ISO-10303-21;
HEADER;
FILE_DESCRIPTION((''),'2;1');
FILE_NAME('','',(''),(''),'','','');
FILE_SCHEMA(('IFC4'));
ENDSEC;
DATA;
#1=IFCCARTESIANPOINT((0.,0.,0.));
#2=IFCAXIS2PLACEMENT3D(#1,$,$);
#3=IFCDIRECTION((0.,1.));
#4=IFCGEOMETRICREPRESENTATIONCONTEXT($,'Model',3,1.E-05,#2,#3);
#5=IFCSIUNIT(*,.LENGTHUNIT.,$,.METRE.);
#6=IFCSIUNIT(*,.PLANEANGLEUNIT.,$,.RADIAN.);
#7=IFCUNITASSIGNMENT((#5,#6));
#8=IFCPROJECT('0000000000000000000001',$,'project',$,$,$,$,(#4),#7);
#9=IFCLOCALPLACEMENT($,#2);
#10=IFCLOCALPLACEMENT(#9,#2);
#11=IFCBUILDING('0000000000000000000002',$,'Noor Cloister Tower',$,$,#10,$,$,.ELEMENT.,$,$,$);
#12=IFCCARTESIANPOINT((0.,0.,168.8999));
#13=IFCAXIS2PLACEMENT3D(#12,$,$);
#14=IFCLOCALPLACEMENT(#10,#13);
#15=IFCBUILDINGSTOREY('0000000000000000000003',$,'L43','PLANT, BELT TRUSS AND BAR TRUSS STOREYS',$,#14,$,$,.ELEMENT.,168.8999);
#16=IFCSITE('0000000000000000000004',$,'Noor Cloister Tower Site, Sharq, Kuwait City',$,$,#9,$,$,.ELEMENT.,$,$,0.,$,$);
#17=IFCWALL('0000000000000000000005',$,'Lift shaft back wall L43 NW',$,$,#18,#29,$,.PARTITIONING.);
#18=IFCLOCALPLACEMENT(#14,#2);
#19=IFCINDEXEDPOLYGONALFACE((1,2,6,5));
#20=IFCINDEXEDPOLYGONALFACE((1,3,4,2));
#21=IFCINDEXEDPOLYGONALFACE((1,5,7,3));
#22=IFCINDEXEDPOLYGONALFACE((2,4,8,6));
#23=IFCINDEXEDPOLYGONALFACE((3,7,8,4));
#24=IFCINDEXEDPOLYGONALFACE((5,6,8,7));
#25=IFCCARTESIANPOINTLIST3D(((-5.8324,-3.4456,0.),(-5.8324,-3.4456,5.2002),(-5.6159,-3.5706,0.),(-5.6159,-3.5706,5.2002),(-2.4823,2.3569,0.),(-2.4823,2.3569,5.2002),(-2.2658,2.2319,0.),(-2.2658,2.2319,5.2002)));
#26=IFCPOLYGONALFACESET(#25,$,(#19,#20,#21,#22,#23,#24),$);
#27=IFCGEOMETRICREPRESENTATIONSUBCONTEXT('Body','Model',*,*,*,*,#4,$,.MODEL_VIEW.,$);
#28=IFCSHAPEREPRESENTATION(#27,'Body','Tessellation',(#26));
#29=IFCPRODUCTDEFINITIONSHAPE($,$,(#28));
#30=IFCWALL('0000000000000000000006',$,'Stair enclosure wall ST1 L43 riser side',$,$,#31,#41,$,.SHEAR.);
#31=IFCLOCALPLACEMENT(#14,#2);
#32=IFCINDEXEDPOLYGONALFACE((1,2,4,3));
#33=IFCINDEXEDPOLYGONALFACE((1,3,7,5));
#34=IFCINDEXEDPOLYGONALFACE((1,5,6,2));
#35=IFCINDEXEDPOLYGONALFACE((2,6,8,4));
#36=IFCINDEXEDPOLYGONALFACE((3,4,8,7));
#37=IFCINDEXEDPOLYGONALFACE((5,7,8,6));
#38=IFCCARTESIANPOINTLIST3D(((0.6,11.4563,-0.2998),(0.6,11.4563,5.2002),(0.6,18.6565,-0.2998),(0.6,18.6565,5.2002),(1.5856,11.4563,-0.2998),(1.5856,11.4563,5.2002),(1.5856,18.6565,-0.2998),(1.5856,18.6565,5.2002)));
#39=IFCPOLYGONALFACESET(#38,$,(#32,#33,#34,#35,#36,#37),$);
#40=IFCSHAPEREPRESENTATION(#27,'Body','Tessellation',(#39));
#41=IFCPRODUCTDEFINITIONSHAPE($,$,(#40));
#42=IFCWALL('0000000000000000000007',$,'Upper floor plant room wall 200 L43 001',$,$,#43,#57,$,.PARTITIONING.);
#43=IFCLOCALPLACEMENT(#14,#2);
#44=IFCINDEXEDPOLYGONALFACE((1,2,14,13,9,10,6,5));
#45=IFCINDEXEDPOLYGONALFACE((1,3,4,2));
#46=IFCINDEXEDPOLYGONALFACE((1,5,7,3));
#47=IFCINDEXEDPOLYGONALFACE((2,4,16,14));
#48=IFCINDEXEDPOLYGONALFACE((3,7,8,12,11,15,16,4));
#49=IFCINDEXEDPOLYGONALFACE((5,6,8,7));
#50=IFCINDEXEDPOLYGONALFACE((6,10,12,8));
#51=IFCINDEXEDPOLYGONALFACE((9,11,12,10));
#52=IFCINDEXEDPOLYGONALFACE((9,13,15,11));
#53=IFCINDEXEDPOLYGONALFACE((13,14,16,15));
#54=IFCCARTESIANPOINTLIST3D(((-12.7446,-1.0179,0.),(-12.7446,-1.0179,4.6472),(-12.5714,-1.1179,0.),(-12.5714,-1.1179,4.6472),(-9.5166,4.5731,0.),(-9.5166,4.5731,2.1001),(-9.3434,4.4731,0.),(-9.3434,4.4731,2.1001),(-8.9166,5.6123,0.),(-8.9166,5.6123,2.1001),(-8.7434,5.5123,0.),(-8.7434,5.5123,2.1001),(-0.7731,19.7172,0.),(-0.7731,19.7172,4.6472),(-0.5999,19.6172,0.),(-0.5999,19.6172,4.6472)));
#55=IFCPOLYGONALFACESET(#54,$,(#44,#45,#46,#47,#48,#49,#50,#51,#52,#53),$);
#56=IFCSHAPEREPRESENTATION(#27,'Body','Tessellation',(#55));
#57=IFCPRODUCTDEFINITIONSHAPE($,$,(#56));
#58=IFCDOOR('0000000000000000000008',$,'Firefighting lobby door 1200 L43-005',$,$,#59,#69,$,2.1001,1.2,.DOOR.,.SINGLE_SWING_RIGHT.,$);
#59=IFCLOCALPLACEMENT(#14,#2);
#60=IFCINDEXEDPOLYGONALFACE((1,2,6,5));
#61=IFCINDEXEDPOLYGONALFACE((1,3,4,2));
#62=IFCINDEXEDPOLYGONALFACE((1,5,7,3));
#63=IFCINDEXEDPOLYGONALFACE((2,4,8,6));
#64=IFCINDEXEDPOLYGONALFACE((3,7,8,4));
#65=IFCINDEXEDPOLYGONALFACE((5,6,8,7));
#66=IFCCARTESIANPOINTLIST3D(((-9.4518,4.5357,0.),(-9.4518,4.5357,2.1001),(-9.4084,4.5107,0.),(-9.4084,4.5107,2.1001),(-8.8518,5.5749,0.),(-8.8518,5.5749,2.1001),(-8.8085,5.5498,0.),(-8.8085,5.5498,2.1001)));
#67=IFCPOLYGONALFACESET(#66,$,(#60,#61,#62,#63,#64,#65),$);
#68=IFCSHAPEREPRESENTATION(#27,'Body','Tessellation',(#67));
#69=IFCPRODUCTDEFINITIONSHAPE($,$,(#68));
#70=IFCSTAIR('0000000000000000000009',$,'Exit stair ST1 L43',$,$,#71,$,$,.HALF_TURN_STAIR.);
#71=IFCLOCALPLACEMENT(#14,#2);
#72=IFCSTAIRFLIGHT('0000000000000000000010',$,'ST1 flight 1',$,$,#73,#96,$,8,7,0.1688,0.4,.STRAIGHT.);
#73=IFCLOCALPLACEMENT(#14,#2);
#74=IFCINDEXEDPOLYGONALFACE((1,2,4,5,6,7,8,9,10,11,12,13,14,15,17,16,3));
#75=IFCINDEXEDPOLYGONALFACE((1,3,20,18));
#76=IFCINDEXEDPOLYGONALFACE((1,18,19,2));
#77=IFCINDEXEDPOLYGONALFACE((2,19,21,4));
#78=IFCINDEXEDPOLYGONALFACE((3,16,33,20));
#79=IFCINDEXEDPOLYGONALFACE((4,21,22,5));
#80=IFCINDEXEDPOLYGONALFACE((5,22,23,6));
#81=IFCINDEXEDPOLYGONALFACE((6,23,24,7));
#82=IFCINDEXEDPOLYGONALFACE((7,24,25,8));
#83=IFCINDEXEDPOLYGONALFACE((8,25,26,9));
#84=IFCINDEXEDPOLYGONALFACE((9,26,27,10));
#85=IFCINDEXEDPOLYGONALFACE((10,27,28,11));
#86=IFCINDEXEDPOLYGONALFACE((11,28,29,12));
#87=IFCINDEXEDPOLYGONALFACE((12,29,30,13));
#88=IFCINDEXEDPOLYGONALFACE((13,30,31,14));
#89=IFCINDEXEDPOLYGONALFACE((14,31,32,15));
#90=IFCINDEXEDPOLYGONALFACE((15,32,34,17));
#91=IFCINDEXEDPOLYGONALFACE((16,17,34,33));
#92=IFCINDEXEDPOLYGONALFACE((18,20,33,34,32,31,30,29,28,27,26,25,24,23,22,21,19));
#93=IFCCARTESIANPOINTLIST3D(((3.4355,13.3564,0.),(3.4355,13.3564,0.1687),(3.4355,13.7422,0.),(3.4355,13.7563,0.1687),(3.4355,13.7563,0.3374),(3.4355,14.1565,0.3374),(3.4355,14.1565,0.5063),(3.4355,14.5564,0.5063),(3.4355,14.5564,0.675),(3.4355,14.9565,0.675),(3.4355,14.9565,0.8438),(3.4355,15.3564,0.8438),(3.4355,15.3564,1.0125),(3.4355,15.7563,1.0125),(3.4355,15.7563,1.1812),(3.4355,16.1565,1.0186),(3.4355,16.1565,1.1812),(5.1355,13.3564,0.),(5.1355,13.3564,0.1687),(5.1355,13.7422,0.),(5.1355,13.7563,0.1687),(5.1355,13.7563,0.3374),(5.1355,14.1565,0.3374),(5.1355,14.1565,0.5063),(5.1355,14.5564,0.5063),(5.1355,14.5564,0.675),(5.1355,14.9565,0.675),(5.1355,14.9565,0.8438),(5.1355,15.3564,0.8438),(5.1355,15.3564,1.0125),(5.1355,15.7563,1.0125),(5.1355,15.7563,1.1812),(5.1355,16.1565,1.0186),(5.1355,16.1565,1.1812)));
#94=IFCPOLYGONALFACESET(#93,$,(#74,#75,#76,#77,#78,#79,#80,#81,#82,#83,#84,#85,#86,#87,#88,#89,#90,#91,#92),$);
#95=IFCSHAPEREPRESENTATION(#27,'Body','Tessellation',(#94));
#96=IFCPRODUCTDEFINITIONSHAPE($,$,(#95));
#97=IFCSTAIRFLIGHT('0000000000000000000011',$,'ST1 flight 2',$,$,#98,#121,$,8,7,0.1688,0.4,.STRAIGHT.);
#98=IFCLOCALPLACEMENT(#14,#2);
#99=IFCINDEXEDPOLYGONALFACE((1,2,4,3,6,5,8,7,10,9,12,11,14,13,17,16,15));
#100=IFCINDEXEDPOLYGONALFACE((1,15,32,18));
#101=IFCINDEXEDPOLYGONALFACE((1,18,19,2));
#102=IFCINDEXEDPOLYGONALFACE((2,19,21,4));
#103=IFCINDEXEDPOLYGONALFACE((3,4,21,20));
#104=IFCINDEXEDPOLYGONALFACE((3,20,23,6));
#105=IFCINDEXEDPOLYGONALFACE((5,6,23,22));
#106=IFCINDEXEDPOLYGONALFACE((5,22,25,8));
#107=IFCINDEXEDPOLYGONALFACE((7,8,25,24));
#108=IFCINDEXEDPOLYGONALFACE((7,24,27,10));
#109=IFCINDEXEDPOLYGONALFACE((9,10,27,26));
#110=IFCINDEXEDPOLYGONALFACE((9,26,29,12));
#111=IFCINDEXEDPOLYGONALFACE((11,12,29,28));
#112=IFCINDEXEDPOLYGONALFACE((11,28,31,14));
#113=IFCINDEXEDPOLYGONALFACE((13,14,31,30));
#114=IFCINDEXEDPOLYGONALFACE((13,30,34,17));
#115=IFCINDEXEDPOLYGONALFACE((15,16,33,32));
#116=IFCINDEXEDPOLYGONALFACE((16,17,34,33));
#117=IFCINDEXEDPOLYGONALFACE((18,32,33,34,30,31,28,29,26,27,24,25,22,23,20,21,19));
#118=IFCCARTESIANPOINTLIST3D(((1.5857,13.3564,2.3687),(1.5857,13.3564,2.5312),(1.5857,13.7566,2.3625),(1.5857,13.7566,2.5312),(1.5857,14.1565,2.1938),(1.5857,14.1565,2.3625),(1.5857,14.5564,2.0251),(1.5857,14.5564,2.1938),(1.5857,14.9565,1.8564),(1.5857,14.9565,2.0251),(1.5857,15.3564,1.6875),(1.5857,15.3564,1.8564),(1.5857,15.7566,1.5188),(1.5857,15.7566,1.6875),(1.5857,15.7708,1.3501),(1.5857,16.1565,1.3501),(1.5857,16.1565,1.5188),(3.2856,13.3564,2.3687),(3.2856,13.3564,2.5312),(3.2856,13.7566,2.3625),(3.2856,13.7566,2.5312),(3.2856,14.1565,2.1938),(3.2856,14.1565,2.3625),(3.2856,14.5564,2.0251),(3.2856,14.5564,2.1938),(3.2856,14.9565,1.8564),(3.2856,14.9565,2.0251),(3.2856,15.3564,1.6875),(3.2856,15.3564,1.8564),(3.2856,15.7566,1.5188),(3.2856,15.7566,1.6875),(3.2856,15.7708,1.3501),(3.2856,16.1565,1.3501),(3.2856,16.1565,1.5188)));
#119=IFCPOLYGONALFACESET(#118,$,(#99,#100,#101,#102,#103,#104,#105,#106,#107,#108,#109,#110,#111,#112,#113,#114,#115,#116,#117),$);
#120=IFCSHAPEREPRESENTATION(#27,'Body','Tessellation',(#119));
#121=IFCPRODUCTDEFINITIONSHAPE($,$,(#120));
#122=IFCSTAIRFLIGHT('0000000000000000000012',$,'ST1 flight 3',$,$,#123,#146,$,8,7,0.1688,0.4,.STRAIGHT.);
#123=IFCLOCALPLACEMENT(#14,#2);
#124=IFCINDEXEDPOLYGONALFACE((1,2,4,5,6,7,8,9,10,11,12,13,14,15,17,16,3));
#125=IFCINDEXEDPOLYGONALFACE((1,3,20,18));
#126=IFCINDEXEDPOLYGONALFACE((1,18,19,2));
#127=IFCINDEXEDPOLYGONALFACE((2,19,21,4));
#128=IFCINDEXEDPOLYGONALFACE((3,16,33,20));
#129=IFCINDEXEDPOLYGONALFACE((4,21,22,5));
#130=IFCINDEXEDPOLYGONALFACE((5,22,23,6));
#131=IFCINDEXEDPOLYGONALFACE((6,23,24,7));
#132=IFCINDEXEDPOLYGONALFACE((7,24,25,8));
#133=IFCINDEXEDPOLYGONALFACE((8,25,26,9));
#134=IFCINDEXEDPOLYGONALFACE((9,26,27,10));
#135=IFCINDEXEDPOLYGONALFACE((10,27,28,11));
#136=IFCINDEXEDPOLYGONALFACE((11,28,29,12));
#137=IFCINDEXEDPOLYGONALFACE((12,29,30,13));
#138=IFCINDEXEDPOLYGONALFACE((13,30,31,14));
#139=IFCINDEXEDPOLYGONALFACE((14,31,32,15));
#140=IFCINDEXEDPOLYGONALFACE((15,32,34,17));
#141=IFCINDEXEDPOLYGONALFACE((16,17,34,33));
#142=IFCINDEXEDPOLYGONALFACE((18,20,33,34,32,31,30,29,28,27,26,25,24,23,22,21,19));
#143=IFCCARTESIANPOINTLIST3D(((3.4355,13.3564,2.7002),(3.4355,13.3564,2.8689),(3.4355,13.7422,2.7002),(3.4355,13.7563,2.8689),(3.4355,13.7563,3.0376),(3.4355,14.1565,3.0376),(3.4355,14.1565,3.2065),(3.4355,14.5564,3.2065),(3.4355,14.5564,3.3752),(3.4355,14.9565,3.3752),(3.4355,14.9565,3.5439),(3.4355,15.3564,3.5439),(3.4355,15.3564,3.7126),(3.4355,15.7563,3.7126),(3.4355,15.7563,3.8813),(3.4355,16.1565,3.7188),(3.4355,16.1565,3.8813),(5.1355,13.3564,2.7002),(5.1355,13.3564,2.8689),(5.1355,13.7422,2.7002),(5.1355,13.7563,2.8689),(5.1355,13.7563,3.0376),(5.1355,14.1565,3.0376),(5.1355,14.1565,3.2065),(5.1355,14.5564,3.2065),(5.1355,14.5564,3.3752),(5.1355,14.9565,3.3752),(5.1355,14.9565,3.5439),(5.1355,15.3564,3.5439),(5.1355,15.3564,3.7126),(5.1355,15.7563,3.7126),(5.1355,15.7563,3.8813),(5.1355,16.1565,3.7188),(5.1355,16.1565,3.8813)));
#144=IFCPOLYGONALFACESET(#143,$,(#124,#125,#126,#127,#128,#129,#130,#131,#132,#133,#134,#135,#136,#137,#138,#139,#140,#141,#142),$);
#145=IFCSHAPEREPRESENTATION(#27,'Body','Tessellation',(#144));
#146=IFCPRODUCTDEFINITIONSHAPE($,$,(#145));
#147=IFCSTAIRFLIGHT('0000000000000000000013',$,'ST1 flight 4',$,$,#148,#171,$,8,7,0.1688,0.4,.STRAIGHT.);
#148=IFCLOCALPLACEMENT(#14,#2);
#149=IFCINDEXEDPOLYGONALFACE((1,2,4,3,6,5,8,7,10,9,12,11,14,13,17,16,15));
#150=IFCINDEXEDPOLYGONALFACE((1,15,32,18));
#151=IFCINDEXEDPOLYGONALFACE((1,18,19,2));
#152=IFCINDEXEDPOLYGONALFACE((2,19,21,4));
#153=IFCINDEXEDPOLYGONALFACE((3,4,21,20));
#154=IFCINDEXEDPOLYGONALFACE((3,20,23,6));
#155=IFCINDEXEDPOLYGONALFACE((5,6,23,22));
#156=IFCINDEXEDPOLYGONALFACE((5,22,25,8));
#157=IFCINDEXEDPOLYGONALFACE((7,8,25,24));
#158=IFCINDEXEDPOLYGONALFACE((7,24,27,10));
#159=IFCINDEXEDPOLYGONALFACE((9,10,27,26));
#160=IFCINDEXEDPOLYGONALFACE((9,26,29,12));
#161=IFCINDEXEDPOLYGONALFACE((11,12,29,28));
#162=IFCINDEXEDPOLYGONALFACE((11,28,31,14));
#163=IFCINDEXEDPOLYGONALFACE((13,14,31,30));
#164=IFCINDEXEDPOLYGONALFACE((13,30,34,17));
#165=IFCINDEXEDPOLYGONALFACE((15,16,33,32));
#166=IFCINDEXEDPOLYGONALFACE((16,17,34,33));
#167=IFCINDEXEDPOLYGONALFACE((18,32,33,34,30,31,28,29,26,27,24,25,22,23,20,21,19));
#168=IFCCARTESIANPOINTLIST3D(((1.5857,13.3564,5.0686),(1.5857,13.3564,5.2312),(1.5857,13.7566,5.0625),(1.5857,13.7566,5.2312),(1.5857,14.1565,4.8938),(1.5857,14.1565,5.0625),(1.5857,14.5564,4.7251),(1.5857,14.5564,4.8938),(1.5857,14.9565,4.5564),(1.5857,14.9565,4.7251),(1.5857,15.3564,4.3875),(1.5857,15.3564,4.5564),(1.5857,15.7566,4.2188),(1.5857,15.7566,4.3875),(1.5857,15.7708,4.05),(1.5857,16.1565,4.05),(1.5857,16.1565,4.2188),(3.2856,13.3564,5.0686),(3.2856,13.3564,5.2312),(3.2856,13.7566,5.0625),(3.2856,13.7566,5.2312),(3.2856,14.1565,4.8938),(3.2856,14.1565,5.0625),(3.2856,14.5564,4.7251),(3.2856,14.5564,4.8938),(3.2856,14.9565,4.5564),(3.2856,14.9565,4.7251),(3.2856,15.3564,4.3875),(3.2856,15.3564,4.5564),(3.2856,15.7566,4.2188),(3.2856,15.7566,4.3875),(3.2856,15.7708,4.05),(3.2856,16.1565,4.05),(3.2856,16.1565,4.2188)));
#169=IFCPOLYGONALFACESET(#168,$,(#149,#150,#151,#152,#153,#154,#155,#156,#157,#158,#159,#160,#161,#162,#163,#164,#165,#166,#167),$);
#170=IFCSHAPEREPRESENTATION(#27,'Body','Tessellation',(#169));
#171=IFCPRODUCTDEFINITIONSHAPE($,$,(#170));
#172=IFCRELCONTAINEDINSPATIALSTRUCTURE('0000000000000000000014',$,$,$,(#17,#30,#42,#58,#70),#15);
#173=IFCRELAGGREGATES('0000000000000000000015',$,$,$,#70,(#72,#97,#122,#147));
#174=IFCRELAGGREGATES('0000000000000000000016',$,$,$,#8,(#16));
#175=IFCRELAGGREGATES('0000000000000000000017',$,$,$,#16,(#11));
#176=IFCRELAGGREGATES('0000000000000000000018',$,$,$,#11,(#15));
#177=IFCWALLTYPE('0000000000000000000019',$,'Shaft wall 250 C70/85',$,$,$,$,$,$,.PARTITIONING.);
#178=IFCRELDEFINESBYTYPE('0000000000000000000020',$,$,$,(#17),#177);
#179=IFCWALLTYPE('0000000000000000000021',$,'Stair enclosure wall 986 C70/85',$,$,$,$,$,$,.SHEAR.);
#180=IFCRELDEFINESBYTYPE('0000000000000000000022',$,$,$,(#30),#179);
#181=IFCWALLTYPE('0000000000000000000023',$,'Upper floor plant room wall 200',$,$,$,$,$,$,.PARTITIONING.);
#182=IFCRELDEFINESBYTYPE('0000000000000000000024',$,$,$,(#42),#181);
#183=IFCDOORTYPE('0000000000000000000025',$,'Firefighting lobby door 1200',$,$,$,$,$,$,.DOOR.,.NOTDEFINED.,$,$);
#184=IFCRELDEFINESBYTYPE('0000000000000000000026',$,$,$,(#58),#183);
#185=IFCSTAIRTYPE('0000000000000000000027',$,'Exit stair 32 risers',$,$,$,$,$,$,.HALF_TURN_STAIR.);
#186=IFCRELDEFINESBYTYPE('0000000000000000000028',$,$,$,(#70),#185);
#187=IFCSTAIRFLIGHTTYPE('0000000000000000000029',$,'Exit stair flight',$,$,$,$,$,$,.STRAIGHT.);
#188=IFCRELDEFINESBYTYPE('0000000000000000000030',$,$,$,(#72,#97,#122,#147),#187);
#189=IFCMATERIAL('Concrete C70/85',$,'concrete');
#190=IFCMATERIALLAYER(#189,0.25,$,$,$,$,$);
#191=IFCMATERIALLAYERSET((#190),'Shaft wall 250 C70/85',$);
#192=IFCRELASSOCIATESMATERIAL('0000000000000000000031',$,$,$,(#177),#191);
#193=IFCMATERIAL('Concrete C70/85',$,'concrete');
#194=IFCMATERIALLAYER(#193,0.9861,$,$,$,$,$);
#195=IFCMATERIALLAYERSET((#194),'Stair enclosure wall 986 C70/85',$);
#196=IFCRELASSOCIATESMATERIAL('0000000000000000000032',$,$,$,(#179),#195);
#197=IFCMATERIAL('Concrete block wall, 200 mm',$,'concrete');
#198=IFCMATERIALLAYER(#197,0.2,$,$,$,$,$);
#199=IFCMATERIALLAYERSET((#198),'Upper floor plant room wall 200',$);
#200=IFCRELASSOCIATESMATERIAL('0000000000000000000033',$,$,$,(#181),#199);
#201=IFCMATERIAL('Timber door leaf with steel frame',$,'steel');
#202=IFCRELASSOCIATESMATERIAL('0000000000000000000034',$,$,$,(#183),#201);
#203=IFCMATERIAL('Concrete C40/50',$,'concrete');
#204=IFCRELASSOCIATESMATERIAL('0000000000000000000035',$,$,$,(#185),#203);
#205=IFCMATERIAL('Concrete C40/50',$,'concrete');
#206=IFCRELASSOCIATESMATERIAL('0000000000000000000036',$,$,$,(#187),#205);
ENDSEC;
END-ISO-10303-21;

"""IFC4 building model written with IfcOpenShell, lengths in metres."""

from ifc_helpers import new_model, si_unit, direction, frame, frame_2d, origin, place, context, subcontext, project, spatial, polyline, rectangle, outline, extrude, material, layer, layer_set, type_object, element, fill, aggregate, save


model = new_model("IFC4")

# Units and contexts
model_context = context("Model", 3, precision=1e-05, world=origin(), true_north=direction((0.0, 1.0)))
body_context = subcontext(model_context, "Body", "Model", "MODEL_VIEW")
ifc_project = project(units=[si_unit("LENGTHUNIT", "METRE"), si_unit("PLANEANGLEUNIT", "RADIAN")], contexts=[model_context])

# Site, building, storey
site_placement = place(None, origin())
site = spatial("IfcSite", under=ifc_project, at=site_placement, Name="Noor Cloister Tower Site, Sharq, Kuwait City", CompositionType="ELEMENT", RefElevation=0.0)
building_placement = place(site_placement, origin())
building = spatial("IfcBuilding", under=site, at=building_placement, Name="Noor Cloister Tower", CompositionType="ELEMENT")
storey_placement = place(building_placement, frame((0.0, 0.0, 168.8999)))
storey = spatial("IfcBuildingStorey", under=building, at=storey_placement, Name="L43", Description="PLANT, BELT TRUSS AND BAR TRUSS STOREYS", CompositionType="ELEMENT", Elevation=168.8999)

# Walls
ifc_material_1 = material(Name="Concrete C70/85", Category="concrete")
ifc_layer_1 = layer(ifc_material_1, 0.25)
ifc_layer_set_1 = layer_set([ifc_layer_1], Name="Shaft wall 250 C70/85")
wall_type_1 = type_object("IfcWallType", Name="Shaft wall 250 C70/85", PredefinedType="PARTITIONING", material=ifc_layer_set_1)
wall_1_placement = place(storey_placement, frame((-2.374, 2.2944, 0.0), z_axis=(0.0, 0.0, 1.0), x_axis=(-0.500003, -0.866024, 0.0)))
element("IfcWall", 1, at=wall_1_placement, inside=storey, type_object=wall_type_1, Name="Lift shaft back wall L43 NW", PredefinedType="PARTITIONING", context=body_context, shape_type="SweptSolid", body=[
    extrude(rectangle(XDim=6.7002, YDim=0.25, at=frame_2d((3.3501, 0.0))), origin(), (0.0, 0.0, 1.0), 5.2002),
])
ifc_material_2 = material(Name="Concrete C70/85", Category="concrete")
ifc_layer_2 = layer(ifc_material_2, 0.9861)
ifc_layer_set_2 = layer_set([ifc_layer_2], Name="Stair enclosure wall 986 C70/85")
wall_type_2 = type_object("IfcWallType", Name="Stair enclosure wall 986 C70/85", PredefinedType="SHEAR", material=ifc_layer_set_2)
wall_2_placement = place(storey_placement, frame((1.0928, 11.4563, -0.2998), z_axis=(0.0, 0.0, 1.0), x_axis=(0.0, 1.0, 0.0)))
element("IfcWall", 2, at=wall_2_placement, inside=storey, type_object=wall_type_2, Name="Stair enclosure wall ST1 L43 riser side", PredefinedType="SHEAR", context=body_context, shape_type="SweptSolid", body=[
    extrude(rectangle(XDim=7.2002, YDim=0.9856, at=frame_2d((3.6001, 0.0))), origin(), (0.0, 0.0, 1.0), 5.5),
])

# Wall, opening, door
ifc_material_3 = material(Name="Concrete block wall, 200 mm", Category="concrete")
ifc_layer_3 = layer(ifc_material_3, 0.2)
ifc_layer_set_3 = layer_set([ifc_layer_3], Name="Upper floor plant room wall 200")
wall_type_3 = type_object("IfcWallType", Name="Upper floor plant room wall 200", PredefinedType="PARTITIONING", material=ifc_layer_set_3)
wall_3_placement = place(storey_placement, frame((-0.6865, 19.6672, 0.0), z_axis=(0.0, 0.0, 1.0), x_axis=(-0.5, -0.866025, 0.0)))
wall_3 = element("IfcWall", 3, at=wall_3_placement, inside=storey, type_object=wall_type_3, Name="Upper floor plant room wall 200 L43 001", PredefinedType="PARTITIONING", context=body_context, shape_type="SweptSolid", body=[
    extrude(rectangle(XDim=23.9429, YDim=0.2, at=frame_2d((11.9714, 0.0))), origin(), (0.0, 0.0, 1.0), 4.6472),
])
opening_1_placement = place(wall_3_placement, frame((16.2869, 0.0, 0.0)))
opening_1 = element("IfcOpeningElement", 4, at=opening_1_placement, cuts=wall_3, PredefinedType="OPENING", context=body_context, shape_type="SweptSolid", body=[
    extrude(rectangle(XDim=1.2, YDim=2.1001, at=frame_2d((0.6001, 1.05))), frame((0.0, 0.1099, 0.0), z_axis=(0.0, -1.0, 0.0), x_axis=(1.0, 0.0, 0.0)), (0.0, 0.0, 1.0), 0.22),
])
ifc_material_4 = material(Name="Timber door leaf with steel frame", Category="steel")
door_type_1 = type_object("IfcDoorType", Name="Firefighting lobby door 1200", OperationType="NOTDEFINED", PredefinedType="DOOR", material=ifc_material_4)
door_1_placement = place(opening_1_placement, origin())
door_1 = element("IfcDoor", 5, at=door_1_placement, inside=storey, type_object=door_type_1, Name="Firefighting lobby door 1200 L43-005", OperationType="SINGLE_SWING_RIGHT", OverallHeight=2.1001, OverallWidth=1.2, PredefinedType="DOOR", context=body_context, shape_type="SweptSolid", body=[
    extrude(rectangle(XDim=1.2, YDim=2.1001, at=frame_2d((0.6001, 1.05))), frame((0.0, 0.0249, 0.0), z_axis=(0.0, -1.0, 0.0), x_axis=(1.0, 0.0, 0.0)), (0.0, 0.0, 1.0), 0.05),
])
fill(opening_1, door_1)

# Stair, stair flights
ifc_material_5 = material(Name="Concrete C40/50", Category="concrete")
stair_type = type_object("IfcStairType", Name="Exit stair 32 risers", PredefinedType="HALF_TURN_STAIR", material=ifc_material_5)
stair_placement = place(storey_placement, origin())
stair = element("IfcStair", 6, at=stair_placement, inside=storey, type_object=stair_type, Name="Exit stair ST1 L43", PredefinedType="HALF_TURN_STAIR")
ifc_material_6 = material(Name="Concrete C40/50", Category="concrete")
stair_flight_type = type_object("IfcStairFlightType", Name="Exit stair flight", PredefinedType="STRAIGHT", material=ifc_material_6)
stair_flight_1_placement = place(storey_placement, frame((4.2856, 13.3564, 0.0), z_axis=(0.0, 0.0, 1.0), x_axis=(0.0, 1.0, 0.0)))
stair_flight_1 = element("IfcStairFlight", 7, at=stair_flight_1_placement, type_object=stair_flight_type, Name="ST1 flight 1", NumberOfRisers=8, NumberOfTreads=7, PredefinedType="STRAIGHT", RiserHeight=0.1688, TreadLength=0.4, context=body_context, shape_type="SweptSolid", body=[
    extrude(outline(polyline([(0.0, 0.0), (0.0, 0.1687), (0.3999, 0.1687), (0.3999, 0.3374), (0.8, 0.3374), (0.8, 0.5063), (1.2, 0.5063), (1.2, 0.675), (1.6001, 0.675), (1.6001, 0.8438), (2.0, 0.8438), (2.0, 1.0125), (2.3999, 1.0125), (2.3999, 1.1812), (2.8, 1.1812), (2.8, 1.3501), (2.8, 1.0186), (0.3857, 0.0), (0.0, 0.0)])), frame((0.0, 0.8501, 0.0), z_axis=(0.0, -1.0, 0.0), x_axis=(1.0, 0.0, 0.0)), (0.0, 0.0, 1.0), 1.7),
])
stair_flight_2_placement = place(storey_placement, frame((2.4355, 16.1565, 1.3501), z_axis=(0.0, 0.0, 1.0), x_axis=(0.0, -1.0, 0.0)))
stair_flight_2 = element("IfcStairFlight", 8, at=stair_flight_2_placement, type_object=stair_flight_type, Name="ST1 flight 2", NumberOfRisers=8, NumberOfTreads=7, PredefinedType="STRAIGHT", RiserHeight=0.1688, TreadLength=0.4, context=body_context, shape_type="SweptSolid", body=[
    extrude(outline(polyline([(0.0, 0.0), (0.0, 0.1687), (0.3999, 0.1687), (0.3999, 0.3374), (0.8, 0.3374), (0.8, 0.5063), (1.2, 0.5063), (1.2, 0.675), (1.6001, 0.675), (1.6001, 0.8438), (2.0, 0.8438), (2.0, 1.0125), (2.3999, 1.0125), (2.3999, 1.1812), (2.8, 1.1812), (2.8, 1.3501), (2.8, 1.0186), (0.3857, 0.0), (0.0, 0.0)])), frame((0.0, 0.8501, 0.0), z_axis=(0.0, -1.0, 0.0), x_axis=(1.0, 0.0, 0.0)), (0.0, 0.0, 1.0), 1.7),
])
stair_flight_3_placement = place(storey_placement, frame((4.2856, 13.3564, 2.7002), z_axis=(0.0, 0.0, 1.0), x_axis=(0.0, 1.0, 0.0)))
stair_flight_3 = element("IfcStairFlight", 9, at=stair_flight_3_placement, type_object=stair_flight_type, Name="ST1 flight 3", NumberOfRisers=8, NumberOfTreads=7, PredefinedType="STRAIGHT", RiserHeight=0.1688, TreadLength=0.4, context=body_context, shape_type="SweptSolid", body=[
    extrude(outline(polyline([(0.0, 0.0), (0.0, 0.1687), (0.3999, 0.1687), (0.3999, 0.3374), (0.8, 0.3374), (0.8, 0.5063), (1.2, 0.5063), (1.2, 0.675), (1.6001, 0.675), (1.6001, 0.8438), (2.0, 0.8438), (2.0, 1.0125), (2.3999, 1.0125), (2.3999, 1.1812), (2.8, 1.1812), (2.8, 1.3501), (2.8, 1.0186), (0.3857, 0.0), (0.0, 0.0)])), frame((0.0, 0.8501, 0.0), z_axis=(0.0, -1.0, 0.0), x_axis=(1.0, 0.0, 0.0)), (0.0, 0.0, 1.0), 1.7),
])
stair_flight_4_placement = place(storey_placement, frame((2.4355, 16.1565, 4.05), z_axis=(0.0, 0.0, 1.0), x_axis=(0.0, -1.0, 0.0)))
stair_flight_4 = element("IfcStairFlight", 10, at=stair_flight_4_placement, type_object=stair_flight_type, Name="ST1 flight 4", NumberOfRisers=8, NumberOfTreads=7, PredefinedType="STRAIGHT", RiserHeight=0.1688, TreadLength=0.4, context=body_context, shape_type="SweptSolid", body=[
    extrude(outline(polyline([(0.0, 0.0), (0.0, 0.1687), (0.3999, 0.1687), (0.3999, 0.3374), (0.8, 0.3374), (0.8, 0.5063), (1.2, 0.5063), (1.2, 0.675), (1.6001, 0.675), (1.6001, 0.8438), (2.0, 0.8438), (2.0, 1.0125), (2.3999, 1.0125), (2.3999, 1.1812), (2.8, 1.1812), (2.8, 1.3501), (2.8, 1.0186), (0.3857, 0.0), (0.0, 0.0)])), frame((0.0, 0.8501, 0.0), z_axis=(0.0, -1.0, 0.0), x_axis=(1.0, 0.0, 0.0)), (0.0, 0.0, 1.0), 1.7),
])
aggregate(stair, [stair_flight_1, stair_flight_2, stair_flight_3, stair_flight_4])

save(model, "model.ifc")
